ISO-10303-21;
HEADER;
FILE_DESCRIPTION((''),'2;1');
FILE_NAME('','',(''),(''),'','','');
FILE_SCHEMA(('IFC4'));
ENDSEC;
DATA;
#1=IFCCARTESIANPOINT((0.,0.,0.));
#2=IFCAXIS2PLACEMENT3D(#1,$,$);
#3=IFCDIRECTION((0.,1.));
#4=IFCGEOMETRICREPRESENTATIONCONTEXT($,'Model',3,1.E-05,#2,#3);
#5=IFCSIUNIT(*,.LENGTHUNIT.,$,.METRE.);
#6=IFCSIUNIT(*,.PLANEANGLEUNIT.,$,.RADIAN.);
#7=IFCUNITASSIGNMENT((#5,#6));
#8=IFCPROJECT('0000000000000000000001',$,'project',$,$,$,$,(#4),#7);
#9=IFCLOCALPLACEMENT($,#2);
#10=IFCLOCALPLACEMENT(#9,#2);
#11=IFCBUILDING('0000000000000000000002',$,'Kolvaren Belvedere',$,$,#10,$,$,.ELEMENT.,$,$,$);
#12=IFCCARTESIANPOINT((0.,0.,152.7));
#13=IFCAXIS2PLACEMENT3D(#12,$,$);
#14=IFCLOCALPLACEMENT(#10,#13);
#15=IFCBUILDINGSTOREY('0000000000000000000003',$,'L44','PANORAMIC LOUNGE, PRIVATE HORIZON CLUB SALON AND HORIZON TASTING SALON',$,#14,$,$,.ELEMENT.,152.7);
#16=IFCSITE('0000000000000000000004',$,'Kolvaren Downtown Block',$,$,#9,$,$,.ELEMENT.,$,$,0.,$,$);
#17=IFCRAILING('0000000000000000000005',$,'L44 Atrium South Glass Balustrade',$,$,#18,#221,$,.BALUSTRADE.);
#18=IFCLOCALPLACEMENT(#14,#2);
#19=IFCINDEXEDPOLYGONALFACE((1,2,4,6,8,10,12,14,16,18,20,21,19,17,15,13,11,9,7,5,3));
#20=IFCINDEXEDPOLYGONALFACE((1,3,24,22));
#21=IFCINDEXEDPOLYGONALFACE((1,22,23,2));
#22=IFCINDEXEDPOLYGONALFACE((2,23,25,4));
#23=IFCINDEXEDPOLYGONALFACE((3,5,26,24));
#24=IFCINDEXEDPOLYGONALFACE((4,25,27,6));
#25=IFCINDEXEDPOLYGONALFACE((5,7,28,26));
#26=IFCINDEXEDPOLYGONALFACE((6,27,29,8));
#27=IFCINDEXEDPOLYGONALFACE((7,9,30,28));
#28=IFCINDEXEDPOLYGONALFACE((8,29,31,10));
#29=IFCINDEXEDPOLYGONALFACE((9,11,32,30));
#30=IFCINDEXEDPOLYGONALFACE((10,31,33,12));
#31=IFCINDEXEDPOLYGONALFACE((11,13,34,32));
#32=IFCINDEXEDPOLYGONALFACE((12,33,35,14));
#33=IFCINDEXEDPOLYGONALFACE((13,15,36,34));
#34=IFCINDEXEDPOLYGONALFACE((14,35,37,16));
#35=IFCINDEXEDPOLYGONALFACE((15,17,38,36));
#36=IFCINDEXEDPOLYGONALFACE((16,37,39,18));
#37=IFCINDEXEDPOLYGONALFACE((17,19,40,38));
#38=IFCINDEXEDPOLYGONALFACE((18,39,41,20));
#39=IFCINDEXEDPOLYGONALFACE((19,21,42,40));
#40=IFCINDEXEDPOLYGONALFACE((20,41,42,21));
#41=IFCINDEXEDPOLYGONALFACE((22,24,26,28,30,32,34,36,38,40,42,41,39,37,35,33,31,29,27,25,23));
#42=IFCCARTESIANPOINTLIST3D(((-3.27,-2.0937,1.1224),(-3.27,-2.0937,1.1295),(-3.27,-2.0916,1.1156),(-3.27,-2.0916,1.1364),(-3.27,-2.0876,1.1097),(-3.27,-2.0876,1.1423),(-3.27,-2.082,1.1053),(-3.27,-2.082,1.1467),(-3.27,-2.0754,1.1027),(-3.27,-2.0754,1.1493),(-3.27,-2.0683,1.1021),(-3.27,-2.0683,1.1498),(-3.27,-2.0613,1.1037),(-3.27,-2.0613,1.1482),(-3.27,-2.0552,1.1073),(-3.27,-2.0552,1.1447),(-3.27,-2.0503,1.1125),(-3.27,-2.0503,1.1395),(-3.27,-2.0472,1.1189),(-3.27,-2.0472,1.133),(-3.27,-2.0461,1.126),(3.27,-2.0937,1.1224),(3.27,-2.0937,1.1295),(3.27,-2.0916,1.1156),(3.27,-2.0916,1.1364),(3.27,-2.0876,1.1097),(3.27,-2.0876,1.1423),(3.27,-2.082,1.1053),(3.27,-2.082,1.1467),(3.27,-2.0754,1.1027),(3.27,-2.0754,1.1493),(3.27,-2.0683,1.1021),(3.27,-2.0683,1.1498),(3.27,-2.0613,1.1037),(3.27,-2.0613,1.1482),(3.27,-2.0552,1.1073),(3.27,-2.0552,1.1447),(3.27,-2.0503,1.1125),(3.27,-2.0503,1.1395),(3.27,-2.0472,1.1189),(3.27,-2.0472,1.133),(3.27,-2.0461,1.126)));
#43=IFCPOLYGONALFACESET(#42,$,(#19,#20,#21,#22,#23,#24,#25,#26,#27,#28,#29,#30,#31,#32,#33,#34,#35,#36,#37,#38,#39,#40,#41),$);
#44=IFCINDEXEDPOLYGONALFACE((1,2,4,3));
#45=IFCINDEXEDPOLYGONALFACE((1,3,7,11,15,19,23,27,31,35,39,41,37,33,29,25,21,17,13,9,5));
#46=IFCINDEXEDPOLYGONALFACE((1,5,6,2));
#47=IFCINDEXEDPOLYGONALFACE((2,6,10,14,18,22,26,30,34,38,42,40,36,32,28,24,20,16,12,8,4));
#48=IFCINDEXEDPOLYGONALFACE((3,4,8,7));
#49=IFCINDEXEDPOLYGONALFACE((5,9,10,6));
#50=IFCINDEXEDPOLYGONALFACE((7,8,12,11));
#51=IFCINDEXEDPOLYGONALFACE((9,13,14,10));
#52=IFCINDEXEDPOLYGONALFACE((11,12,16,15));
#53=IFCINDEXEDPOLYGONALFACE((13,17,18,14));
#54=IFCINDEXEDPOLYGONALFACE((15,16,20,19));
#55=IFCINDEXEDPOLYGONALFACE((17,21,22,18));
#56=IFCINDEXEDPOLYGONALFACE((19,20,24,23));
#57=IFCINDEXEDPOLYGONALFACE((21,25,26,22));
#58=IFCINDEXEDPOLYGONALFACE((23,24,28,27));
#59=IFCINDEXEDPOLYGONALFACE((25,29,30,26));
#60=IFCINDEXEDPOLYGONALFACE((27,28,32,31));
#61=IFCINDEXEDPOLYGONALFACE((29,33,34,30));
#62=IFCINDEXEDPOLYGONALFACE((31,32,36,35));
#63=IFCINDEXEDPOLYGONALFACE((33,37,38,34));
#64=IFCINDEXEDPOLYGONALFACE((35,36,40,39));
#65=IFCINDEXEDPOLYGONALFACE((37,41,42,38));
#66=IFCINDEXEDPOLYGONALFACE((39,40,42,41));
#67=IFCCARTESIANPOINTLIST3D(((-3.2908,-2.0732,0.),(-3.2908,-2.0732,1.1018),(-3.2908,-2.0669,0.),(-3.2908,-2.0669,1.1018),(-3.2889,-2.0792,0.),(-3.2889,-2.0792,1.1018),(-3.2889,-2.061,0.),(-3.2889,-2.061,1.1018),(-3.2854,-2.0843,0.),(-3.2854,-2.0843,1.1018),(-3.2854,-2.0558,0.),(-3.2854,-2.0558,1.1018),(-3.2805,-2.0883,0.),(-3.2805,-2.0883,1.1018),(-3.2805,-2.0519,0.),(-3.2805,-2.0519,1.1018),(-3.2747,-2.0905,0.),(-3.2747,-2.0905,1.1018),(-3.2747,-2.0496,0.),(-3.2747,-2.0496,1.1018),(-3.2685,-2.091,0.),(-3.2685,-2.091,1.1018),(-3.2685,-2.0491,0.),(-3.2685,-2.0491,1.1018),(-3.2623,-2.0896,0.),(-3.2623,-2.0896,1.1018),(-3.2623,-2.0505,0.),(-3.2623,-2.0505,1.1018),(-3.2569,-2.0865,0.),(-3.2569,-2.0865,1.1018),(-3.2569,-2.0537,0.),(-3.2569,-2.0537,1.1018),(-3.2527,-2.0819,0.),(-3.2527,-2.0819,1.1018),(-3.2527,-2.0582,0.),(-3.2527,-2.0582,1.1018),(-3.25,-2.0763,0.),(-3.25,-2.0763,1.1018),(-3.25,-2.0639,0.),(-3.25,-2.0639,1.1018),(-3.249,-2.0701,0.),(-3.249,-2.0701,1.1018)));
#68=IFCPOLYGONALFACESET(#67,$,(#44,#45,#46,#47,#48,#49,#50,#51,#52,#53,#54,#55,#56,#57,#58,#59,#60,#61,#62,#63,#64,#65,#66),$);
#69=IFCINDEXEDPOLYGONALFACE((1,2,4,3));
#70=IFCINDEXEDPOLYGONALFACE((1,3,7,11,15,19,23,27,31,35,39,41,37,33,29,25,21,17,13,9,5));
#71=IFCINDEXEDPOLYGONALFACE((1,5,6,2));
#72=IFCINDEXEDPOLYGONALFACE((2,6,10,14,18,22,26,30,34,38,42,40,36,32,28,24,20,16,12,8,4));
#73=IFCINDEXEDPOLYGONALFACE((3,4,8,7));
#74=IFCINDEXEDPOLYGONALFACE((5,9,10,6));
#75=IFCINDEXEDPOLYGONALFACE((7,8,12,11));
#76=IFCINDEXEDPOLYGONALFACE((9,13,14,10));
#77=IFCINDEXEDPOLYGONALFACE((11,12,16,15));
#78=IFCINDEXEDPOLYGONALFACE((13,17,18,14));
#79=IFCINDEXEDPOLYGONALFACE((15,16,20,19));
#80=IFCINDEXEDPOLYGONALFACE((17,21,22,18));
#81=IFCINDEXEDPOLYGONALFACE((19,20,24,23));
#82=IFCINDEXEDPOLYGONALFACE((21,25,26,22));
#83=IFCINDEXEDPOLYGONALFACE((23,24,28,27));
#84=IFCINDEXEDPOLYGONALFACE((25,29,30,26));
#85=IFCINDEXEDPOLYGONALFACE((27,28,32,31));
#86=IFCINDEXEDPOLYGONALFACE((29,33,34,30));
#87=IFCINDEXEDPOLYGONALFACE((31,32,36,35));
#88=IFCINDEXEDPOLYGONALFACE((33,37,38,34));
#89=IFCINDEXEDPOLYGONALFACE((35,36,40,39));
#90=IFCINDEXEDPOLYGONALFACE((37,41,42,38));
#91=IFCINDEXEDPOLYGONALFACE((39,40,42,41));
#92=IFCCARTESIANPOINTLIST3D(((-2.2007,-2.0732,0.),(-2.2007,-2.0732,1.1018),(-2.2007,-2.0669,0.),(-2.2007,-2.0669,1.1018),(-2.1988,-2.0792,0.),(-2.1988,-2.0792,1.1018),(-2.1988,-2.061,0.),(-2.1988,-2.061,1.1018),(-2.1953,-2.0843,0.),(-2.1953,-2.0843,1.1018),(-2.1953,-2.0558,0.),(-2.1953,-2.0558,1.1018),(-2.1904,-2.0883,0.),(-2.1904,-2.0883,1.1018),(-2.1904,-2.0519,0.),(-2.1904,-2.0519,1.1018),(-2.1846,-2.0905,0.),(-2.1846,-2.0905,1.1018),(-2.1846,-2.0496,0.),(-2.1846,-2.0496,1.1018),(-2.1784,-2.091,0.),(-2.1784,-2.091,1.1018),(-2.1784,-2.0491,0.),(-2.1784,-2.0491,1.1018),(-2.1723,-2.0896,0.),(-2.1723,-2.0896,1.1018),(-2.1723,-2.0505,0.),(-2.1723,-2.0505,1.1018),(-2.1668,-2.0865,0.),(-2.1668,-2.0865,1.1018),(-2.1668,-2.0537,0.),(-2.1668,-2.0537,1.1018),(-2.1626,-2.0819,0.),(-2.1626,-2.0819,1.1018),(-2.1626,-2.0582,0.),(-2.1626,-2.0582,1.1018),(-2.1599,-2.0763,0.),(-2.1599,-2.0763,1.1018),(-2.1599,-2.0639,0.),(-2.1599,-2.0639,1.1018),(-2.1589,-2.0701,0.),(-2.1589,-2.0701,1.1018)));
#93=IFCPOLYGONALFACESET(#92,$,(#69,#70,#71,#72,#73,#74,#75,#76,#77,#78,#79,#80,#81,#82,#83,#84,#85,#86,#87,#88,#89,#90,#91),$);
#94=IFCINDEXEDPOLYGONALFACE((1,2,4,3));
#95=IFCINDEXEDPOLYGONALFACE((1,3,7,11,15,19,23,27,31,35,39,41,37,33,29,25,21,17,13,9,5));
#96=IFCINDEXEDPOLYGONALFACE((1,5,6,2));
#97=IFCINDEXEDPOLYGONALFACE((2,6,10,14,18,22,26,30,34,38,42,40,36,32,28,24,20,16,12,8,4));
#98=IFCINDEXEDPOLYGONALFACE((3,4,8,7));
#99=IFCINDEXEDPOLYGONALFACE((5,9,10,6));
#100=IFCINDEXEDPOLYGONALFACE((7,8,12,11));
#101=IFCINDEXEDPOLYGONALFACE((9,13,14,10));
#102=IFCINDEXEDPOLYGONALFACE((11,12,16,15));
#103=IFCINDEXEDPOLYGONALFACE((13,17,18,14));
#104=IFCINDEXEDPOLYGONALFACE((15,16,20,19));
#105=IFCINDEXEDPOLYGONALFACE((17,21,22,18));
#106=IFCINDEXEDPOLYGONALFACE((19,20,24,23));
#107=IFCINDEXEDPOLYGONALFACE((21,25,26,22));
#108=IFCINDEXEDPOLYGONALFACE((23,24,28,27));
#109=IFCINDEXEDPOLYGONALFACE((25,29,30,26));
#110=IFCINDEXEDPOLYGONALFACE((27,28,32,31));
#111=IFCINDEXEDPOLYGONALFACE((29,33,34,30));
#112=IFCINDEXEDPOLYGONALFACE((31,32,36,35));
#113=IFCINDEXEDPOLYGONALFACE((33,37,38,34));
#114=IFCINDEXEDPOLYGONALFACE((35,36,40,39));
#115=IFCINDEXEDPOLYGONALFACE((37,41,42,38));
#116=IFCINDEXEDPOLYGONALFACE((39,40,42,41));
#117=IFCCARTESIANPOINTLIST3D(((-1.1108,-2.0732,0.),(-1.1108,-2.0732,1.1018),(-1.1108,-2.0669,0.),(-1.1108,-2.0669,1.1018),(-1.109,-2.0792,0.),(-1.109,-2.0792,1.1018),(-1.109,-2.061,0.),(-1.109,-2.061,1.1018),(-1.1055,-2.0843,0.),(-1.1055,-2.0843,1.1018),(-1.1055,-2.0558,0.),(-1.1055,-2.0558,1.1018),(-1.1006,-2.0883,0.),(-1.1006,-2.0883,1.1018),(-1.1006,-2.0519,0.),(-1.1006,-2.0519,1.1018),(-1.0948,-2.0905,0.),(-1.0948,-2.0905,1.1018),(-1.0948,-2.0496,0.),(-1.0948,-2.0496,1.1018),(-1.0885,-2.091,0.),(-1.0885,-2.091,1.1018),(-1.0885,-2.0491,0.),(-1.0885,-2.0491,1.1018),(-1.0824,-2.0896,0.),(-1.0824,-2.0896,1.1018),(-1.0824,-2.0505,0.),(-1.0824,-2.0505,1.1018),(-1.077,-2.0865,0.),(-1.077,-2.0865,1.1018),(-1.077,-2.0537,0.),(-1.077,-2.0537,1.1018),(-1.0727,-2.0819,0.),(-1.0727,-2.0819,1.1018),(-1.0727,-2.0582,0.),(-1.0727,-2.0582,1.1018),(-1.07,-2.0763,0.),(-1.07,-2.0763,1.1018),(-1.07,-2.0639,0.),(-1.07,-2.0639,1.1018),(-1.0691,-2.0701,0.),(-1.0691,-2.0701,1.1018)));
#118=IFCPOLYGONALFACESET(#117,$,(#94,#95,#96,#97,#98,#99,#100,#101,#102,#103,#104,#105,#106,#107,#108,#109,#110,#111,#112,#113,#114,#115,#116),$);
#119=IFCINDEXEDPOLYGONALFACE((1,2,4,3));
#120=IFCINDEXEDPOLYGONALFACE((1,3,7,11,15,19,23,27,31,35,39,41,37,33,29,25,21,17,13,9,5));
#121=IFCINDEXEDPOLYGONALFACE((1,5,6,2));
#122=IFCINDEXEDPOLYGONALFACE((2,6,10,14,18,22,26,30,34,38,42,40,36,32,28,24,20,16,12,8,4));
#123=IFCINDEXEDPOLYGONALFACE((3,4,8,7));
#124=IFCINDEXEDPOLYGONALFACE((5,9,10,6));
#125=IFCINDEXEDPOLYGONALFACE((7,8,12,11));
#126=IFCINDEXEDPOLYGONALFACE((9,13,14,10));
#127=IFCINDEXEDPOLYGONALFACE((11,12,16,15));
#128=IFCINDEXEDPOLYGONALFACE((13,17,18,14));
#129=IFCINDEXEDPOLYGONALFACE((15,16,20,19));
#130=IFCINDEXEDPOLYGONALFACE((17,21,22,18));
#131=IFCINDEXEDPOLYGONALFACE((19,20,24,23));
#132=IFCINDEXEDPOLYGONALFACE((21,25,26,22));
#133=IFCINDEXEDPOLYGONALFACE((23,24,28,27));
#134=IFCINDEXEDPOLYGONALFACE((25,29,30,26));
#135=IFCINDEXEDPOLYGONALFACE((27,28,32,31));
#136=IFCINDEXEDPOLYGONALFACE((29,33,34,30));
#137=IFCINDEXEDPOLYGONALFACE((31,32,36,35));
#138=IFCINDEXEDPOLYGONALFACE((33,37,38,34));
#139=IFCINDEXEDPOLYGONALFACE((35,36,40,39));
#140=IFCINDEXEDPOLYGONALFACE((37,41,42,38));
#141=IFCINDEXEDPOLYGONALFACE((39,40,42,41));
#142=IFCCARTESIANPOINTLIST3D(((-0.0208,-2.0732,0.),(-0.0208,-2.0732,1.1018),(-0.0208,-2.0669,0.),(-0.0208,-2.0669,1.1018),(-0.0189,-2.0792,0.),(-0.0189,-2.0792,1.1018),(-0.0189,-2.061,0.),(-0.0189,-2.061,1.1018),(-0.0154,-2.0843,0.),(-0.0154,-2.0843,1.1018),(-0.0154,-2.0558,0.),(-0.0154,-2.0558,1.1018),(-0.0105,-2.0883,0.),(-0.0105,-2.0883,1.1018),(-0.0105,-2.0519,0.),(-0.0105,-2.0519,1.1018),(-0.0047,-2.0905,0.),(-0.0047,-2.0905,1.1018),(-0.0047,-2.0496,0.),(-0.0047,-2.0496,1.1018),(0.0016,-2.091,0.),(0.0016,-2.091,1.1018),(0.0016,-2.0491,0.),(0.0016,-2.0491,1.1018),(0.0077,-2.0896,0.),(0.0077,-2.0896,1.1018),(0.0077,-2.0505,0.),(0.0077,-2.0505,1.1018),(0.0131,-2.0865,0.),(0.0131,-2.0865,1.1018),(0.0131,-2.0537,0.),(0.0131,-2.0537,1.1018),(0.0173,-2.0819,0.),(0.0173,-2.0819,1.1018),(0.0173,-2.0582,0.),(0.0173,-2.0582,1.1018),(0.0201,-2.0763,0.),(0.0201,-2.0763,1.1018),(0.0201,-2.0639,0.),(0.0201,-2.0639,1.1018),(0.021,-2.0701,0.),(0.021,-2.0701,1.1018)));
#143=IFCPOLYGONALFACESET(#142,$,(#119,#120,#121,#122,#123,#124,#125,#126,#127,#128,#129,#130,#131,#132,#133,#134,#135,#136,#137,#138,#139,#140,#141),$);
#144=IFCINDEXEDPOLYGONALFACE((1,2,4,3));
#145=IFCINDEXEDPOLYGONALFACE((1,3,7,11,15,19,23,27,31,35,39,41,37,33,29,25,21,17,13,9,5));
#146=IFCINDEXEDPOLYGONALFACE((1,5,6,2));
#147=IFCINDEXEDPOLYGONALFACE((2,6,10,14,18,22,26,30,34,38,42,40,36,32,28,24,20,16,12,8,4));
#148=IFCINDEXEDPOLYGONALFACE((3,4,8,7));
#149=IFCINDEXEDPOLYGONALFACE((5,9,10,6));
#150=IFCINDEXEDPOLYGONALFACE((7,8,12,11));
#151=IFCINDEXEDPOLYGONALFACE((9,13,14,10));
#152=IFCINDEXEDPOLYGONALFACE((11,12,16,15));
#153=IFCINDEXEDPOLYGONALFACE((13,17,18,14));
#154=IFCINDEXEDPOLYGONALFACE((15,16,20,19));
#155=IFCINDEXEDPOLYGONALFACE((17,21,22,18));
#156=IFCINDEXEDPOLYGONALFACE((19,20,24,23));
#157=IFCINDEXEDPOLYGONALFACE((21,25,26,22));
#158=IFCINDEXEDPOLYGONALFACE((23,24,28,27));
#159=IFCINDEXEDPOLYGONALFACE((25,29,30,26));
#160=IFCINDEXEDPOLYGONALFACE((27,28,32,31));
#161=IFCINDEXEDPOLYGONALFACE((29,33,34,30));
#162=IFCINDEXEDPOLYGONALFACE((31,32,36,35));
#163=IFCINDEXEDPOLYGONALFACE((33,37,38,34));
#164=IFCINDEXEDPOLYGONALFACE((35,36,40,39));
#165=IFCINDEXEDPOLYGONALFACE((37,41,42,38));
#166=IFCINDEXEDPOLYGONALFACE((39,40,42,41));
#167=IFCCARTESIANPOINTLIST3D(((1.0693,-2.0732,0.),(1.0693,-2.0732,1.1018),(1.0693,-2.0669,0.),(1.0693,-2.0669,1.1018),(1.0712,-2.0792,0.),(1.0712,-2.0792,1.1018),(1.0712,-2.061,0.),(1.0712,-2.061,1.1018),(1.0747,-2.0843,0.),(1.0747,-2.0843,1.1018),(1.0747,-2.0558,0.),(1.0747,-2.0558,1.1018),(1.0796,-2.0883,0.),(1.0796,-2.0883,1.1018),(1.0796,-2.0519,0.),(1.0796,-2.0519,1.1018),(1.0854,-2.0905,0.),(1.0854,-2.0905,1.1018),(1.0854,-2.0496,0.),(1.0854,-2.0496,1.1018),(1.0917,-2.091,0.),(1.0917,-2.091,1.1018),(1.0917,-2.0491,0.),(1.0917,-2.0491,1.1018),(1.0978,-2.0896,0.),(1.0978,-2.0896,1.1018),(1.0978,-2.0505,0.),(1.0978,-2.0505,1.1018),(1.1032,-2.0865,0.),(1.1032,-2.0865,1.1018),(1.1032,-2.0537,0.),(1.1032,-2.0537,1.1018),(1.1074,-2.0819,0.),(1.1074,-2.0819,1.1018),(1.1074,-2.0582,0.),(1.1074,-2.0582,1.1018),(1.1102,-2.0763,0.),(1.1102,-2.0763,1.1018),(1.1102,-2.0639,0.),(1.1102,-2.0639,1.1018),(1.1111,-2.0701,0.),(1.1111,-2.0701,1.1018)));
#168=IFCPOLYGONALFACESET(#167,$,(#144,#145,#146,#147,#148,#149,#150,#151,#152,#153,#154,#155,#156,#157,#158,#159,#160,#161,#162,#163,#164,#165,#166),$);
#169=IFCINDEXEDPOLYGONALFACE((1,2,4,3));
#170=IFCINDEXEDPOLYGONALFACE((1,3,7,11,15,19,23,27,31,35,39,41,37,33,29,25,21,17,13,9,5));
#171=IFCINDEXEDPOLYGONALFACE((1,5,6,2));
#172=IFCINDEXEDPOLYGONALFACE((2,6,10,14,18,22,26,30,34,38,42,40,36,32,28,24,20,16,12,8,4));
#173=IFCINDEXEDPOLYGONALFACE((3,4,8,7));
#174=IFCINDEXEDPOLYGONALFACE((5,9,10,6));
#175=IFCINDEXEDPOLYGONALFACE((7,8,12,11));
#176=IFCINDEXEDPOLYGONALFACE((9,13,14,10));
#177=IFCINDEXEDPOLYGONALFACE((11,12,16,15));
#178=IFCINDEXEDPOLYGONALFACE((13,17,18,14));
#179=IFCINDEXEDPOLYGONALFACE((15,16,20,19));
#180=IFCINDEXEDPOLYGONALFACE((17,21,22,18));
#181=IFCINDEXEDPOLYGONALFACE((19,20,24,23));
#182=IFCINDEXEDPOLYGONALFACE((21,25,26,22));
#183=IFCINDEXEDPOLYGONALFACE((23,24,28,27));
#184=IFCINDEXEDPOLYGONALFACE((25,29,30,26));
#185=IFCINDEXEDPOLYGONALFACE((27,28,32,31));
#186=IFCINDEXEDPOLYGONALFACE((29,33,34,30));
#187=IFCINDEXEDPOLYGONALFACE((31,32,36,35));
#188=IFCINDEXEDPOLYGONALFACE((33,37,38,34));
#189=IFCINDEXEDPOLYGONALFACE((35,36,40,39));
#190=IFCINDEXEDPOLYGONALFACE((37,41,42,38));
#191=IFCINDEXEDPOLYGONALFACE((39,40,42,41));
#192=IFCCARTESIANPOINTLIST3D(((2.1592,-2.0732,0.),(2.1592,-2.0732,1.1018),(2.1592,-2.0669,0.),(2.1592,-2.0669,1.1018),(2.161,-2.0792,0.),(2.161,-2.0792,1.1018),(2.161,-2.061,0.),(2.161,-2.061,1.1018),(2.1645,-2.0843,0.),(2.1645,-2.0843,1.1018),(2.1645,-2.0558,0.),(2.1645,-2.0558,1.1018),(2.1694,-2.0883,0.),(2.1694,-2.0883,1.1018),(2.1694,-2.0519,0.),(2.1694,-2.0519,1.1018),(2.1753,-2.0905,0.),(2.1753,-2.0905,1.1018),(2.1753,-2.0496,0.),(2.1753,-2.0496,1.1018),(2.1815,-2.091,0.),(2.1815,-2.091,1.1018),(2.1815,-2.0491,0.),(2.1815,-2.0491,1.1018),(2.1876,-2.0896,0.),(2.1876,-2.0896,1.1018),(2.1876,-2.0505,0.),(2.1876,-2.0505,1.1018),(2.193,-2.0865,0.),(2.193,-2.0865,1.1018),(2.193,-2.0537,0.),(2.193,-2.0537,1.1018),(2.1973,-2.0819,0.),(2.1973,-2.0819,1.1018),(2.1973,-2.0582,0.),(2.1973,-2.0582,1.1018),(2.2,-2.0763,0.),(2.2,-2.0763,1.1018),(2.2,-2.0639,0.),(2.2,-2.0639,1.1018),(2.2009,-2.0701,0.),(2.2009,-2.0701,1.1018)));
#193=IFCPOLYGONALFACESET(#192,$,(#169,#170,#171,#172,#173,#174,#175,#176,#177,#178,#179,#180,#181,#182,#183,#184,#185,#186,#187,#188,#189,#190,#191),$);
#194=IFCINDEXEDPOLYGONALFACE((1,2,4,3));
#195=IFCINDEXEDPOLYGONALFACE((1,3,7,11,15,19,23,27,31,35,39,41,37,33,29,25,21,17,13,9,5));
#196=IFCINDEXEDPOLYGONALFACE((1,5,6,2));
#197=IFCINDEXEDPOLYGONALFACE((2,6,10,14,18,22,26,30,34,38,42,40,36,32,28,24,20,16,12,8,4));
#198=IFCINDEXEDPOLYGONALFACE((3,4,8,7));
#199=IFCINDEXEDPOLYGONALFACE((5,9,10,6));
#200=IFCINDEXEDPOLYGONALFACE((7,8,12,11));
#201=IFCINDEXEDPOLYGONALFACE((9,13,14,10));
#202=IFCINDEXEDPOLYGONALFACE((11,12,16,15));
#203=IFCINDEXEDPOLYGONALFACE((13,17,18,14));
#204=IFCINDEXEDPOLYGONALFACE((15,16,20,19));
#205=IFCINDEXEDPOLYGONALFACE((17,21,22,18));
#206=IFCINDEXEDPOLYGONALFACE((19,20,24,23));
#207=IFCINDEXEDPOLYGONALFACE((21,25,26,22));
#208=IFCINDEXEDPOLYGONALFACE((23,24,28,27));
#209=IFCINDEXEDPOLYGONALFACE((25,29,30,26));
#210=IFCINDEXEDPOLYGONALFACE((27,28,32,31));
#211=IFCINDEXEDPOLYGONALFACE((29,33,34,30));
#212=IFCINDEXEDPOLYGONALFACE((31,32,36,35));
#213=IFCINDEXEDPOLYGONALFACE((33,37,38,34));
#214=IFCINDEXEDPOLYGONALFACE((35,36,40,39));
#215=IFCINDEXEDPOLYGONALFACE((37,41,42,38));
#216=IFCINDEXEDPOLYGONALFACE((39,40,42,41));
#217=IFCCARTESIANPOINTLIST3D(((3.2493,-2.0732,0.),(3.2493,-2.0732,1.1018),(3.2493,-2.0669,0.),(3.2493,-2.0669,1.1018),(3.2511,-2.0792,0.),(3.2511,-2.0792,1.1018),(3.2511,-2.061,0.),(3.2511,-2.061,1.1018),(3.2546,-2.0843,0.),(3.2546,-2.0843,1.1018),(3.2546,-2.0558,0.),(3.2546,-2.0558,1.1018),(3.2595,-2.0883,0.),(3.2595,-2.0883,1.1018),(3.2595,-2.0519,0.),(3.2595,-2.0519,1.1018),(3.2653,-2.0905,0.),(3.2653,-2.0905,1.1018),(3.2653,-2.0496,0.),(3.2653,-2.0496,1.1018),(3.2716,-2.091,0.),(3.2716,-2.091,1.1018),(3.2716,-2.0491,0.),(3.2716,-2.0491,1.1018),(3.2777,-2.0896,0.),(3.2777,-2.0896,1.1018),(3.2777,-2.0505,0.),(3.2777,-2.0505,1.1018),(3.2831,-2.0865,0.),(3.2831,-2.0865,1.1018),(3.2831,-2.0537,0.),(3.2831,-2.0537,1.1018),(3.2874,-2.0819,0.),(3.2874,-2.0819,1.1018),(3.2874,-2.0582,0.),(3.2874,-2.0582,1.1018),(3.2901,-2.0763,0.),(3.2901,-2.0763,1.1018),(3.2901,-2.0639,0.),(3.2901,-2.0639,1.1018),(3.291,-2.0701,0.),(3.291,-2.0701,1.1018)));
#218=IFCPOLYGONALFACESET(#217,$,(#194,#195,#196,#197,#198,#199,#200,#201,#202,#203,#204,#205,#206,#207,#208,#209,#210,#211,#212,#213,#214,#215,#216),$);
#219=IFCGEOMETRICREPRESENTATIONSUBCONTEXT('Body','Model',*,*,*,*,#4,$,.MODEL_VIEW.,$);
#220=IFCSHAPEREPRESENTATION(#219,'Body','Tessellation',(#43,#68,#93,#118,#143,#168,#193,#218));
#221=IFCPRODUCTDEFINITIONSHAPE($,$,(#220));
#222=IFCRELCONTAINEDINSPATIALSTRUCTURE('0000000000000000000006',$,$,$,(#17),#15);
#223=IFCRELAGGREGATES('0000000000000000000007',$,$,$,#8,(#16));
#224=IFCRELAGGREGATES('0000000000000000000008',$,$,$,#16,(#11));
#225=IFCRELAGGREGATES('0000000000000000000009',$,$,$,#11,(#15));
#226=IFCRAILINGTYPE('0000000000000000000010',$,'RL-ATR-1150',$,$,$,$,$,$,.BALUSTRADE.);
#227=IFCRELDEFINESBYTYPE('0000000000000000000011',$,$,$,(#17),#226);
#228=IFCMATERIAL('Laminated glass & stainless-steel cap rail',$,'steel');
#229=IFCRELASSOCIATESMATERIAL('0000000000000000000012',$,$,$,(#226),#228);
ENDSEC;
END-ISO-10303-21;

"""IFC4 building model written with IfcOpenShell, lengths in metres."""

from ifc_helpers import new_model, si_unit, direction, frame, origin, origin_2d, place, context, subcontext, project, spatial, circle, extrude, material, type_object, element, save


model = new_model("IFC4")

# Units and contexts
model_context = context("Model", 3, precision=1e-05, world=origin(), true_north=direction((0.0, 1.0)))
body_context = subcontext(model_context, "Body", "Model", "MODEL_VIEW")
ifc_project = project(units=[si_unit("LENGTHUNIT", "METRE"), si_unit("PLANEANGLEUNIT", "RADIAN")], contexts=[model_context])

# Site, building, storey
site_placement = place(None, origin())
site = spatial("IfcSite", under=ifc_project, at=site_placement, Name="Kolvaren Downtown Block", CompositionType="ELEMENT", RefElevation=0.0)
building_placement = place(site_placement, origin())
building = spatial("IfcBuilding", under=site, at=building_placement, Name="Kolvaren Belvedere", CompositionType="ELEMENT")
storey_placement = place(building_placement, frame((0.0, 0.0, 152.7)))
storey = spatial("IfcBuildingStorey", under=building, at=storey_placement, Name="L44", Description="PANORAMIC LOUNGE, PRIVATE HORIZON CLUB SALON AND HORIZON TASTING SALON", CompositionType="ELEMENT", Elevation=152.7)

# Railing
ifc_material_1 = material(Name="Laminated glass & stainless-steel cap rail", Category="steel")
railing_type_1 = type_object("IfcRailingType", Name="RL-ATR-1150", PredefinedType="BALUSTRADE", material=ifc_material_1)
railing_1_placement = place(storey_placement, frame((-3.27, -2.0701, 0.0)))
element("IfcRailing", 1, at=railing_1_placement, inside=storey, type_object=railing_type_1, Name="L44 Atrium South Glass Balustrade", PredefinedType="BALUSTRADE", context=body_context, shape_type="SweptSolid", body=[
    extrude(circle(Radius=0.0239, at=origin_2d()), frame((0.0, 0.0, 1.126), z_axis=(1.0, 0.0, 0.0), x_axis=(0.0, 1.0, 0.0)), (0.0, 0.0, 1.0), 6.54),
    extrude(circle(Radius=0.021, at=origin_2d()), origin(), (0.0, 0.0, 1.0), 1.1018),
    extrude(circle(Radius=0.021, at=origin_2d()), frame((1.0901, 0.0, 0.0)), (0.0, 0.0, 1.0), 1.1018),
    extrude(circle(Radius=0.021, at=origin_2d()), frame((2.1799, 0.0, 0.0)), (0.0, 0.0, 1.0), 1.1018),
    extrude(circle(Radius=0.021, at=origin_2d()), frame((3.27, 0.0, 0.0)), (0.0, 0.0, 1.0), 1.1018),
    extrude(circle(Radius=0.021, at=origin_2d()), frame((4.3601, 0.0, 0.0)), (0.0, 0.0, 1.0), 1.1018),
    extrude(circle(Radius=0.021, at=origin_2d()), frame((5.45, 0.0, 0.0)), (0.0, 0.0, 1.0), 1.1018),
    extrude(circle(Radius=0.021, at=origin_2d()), frame((6.54, 0.0, 0.0)), (0.0, 0.0, 1.0), 1.1018),
])

save(model, "model.ifc")
